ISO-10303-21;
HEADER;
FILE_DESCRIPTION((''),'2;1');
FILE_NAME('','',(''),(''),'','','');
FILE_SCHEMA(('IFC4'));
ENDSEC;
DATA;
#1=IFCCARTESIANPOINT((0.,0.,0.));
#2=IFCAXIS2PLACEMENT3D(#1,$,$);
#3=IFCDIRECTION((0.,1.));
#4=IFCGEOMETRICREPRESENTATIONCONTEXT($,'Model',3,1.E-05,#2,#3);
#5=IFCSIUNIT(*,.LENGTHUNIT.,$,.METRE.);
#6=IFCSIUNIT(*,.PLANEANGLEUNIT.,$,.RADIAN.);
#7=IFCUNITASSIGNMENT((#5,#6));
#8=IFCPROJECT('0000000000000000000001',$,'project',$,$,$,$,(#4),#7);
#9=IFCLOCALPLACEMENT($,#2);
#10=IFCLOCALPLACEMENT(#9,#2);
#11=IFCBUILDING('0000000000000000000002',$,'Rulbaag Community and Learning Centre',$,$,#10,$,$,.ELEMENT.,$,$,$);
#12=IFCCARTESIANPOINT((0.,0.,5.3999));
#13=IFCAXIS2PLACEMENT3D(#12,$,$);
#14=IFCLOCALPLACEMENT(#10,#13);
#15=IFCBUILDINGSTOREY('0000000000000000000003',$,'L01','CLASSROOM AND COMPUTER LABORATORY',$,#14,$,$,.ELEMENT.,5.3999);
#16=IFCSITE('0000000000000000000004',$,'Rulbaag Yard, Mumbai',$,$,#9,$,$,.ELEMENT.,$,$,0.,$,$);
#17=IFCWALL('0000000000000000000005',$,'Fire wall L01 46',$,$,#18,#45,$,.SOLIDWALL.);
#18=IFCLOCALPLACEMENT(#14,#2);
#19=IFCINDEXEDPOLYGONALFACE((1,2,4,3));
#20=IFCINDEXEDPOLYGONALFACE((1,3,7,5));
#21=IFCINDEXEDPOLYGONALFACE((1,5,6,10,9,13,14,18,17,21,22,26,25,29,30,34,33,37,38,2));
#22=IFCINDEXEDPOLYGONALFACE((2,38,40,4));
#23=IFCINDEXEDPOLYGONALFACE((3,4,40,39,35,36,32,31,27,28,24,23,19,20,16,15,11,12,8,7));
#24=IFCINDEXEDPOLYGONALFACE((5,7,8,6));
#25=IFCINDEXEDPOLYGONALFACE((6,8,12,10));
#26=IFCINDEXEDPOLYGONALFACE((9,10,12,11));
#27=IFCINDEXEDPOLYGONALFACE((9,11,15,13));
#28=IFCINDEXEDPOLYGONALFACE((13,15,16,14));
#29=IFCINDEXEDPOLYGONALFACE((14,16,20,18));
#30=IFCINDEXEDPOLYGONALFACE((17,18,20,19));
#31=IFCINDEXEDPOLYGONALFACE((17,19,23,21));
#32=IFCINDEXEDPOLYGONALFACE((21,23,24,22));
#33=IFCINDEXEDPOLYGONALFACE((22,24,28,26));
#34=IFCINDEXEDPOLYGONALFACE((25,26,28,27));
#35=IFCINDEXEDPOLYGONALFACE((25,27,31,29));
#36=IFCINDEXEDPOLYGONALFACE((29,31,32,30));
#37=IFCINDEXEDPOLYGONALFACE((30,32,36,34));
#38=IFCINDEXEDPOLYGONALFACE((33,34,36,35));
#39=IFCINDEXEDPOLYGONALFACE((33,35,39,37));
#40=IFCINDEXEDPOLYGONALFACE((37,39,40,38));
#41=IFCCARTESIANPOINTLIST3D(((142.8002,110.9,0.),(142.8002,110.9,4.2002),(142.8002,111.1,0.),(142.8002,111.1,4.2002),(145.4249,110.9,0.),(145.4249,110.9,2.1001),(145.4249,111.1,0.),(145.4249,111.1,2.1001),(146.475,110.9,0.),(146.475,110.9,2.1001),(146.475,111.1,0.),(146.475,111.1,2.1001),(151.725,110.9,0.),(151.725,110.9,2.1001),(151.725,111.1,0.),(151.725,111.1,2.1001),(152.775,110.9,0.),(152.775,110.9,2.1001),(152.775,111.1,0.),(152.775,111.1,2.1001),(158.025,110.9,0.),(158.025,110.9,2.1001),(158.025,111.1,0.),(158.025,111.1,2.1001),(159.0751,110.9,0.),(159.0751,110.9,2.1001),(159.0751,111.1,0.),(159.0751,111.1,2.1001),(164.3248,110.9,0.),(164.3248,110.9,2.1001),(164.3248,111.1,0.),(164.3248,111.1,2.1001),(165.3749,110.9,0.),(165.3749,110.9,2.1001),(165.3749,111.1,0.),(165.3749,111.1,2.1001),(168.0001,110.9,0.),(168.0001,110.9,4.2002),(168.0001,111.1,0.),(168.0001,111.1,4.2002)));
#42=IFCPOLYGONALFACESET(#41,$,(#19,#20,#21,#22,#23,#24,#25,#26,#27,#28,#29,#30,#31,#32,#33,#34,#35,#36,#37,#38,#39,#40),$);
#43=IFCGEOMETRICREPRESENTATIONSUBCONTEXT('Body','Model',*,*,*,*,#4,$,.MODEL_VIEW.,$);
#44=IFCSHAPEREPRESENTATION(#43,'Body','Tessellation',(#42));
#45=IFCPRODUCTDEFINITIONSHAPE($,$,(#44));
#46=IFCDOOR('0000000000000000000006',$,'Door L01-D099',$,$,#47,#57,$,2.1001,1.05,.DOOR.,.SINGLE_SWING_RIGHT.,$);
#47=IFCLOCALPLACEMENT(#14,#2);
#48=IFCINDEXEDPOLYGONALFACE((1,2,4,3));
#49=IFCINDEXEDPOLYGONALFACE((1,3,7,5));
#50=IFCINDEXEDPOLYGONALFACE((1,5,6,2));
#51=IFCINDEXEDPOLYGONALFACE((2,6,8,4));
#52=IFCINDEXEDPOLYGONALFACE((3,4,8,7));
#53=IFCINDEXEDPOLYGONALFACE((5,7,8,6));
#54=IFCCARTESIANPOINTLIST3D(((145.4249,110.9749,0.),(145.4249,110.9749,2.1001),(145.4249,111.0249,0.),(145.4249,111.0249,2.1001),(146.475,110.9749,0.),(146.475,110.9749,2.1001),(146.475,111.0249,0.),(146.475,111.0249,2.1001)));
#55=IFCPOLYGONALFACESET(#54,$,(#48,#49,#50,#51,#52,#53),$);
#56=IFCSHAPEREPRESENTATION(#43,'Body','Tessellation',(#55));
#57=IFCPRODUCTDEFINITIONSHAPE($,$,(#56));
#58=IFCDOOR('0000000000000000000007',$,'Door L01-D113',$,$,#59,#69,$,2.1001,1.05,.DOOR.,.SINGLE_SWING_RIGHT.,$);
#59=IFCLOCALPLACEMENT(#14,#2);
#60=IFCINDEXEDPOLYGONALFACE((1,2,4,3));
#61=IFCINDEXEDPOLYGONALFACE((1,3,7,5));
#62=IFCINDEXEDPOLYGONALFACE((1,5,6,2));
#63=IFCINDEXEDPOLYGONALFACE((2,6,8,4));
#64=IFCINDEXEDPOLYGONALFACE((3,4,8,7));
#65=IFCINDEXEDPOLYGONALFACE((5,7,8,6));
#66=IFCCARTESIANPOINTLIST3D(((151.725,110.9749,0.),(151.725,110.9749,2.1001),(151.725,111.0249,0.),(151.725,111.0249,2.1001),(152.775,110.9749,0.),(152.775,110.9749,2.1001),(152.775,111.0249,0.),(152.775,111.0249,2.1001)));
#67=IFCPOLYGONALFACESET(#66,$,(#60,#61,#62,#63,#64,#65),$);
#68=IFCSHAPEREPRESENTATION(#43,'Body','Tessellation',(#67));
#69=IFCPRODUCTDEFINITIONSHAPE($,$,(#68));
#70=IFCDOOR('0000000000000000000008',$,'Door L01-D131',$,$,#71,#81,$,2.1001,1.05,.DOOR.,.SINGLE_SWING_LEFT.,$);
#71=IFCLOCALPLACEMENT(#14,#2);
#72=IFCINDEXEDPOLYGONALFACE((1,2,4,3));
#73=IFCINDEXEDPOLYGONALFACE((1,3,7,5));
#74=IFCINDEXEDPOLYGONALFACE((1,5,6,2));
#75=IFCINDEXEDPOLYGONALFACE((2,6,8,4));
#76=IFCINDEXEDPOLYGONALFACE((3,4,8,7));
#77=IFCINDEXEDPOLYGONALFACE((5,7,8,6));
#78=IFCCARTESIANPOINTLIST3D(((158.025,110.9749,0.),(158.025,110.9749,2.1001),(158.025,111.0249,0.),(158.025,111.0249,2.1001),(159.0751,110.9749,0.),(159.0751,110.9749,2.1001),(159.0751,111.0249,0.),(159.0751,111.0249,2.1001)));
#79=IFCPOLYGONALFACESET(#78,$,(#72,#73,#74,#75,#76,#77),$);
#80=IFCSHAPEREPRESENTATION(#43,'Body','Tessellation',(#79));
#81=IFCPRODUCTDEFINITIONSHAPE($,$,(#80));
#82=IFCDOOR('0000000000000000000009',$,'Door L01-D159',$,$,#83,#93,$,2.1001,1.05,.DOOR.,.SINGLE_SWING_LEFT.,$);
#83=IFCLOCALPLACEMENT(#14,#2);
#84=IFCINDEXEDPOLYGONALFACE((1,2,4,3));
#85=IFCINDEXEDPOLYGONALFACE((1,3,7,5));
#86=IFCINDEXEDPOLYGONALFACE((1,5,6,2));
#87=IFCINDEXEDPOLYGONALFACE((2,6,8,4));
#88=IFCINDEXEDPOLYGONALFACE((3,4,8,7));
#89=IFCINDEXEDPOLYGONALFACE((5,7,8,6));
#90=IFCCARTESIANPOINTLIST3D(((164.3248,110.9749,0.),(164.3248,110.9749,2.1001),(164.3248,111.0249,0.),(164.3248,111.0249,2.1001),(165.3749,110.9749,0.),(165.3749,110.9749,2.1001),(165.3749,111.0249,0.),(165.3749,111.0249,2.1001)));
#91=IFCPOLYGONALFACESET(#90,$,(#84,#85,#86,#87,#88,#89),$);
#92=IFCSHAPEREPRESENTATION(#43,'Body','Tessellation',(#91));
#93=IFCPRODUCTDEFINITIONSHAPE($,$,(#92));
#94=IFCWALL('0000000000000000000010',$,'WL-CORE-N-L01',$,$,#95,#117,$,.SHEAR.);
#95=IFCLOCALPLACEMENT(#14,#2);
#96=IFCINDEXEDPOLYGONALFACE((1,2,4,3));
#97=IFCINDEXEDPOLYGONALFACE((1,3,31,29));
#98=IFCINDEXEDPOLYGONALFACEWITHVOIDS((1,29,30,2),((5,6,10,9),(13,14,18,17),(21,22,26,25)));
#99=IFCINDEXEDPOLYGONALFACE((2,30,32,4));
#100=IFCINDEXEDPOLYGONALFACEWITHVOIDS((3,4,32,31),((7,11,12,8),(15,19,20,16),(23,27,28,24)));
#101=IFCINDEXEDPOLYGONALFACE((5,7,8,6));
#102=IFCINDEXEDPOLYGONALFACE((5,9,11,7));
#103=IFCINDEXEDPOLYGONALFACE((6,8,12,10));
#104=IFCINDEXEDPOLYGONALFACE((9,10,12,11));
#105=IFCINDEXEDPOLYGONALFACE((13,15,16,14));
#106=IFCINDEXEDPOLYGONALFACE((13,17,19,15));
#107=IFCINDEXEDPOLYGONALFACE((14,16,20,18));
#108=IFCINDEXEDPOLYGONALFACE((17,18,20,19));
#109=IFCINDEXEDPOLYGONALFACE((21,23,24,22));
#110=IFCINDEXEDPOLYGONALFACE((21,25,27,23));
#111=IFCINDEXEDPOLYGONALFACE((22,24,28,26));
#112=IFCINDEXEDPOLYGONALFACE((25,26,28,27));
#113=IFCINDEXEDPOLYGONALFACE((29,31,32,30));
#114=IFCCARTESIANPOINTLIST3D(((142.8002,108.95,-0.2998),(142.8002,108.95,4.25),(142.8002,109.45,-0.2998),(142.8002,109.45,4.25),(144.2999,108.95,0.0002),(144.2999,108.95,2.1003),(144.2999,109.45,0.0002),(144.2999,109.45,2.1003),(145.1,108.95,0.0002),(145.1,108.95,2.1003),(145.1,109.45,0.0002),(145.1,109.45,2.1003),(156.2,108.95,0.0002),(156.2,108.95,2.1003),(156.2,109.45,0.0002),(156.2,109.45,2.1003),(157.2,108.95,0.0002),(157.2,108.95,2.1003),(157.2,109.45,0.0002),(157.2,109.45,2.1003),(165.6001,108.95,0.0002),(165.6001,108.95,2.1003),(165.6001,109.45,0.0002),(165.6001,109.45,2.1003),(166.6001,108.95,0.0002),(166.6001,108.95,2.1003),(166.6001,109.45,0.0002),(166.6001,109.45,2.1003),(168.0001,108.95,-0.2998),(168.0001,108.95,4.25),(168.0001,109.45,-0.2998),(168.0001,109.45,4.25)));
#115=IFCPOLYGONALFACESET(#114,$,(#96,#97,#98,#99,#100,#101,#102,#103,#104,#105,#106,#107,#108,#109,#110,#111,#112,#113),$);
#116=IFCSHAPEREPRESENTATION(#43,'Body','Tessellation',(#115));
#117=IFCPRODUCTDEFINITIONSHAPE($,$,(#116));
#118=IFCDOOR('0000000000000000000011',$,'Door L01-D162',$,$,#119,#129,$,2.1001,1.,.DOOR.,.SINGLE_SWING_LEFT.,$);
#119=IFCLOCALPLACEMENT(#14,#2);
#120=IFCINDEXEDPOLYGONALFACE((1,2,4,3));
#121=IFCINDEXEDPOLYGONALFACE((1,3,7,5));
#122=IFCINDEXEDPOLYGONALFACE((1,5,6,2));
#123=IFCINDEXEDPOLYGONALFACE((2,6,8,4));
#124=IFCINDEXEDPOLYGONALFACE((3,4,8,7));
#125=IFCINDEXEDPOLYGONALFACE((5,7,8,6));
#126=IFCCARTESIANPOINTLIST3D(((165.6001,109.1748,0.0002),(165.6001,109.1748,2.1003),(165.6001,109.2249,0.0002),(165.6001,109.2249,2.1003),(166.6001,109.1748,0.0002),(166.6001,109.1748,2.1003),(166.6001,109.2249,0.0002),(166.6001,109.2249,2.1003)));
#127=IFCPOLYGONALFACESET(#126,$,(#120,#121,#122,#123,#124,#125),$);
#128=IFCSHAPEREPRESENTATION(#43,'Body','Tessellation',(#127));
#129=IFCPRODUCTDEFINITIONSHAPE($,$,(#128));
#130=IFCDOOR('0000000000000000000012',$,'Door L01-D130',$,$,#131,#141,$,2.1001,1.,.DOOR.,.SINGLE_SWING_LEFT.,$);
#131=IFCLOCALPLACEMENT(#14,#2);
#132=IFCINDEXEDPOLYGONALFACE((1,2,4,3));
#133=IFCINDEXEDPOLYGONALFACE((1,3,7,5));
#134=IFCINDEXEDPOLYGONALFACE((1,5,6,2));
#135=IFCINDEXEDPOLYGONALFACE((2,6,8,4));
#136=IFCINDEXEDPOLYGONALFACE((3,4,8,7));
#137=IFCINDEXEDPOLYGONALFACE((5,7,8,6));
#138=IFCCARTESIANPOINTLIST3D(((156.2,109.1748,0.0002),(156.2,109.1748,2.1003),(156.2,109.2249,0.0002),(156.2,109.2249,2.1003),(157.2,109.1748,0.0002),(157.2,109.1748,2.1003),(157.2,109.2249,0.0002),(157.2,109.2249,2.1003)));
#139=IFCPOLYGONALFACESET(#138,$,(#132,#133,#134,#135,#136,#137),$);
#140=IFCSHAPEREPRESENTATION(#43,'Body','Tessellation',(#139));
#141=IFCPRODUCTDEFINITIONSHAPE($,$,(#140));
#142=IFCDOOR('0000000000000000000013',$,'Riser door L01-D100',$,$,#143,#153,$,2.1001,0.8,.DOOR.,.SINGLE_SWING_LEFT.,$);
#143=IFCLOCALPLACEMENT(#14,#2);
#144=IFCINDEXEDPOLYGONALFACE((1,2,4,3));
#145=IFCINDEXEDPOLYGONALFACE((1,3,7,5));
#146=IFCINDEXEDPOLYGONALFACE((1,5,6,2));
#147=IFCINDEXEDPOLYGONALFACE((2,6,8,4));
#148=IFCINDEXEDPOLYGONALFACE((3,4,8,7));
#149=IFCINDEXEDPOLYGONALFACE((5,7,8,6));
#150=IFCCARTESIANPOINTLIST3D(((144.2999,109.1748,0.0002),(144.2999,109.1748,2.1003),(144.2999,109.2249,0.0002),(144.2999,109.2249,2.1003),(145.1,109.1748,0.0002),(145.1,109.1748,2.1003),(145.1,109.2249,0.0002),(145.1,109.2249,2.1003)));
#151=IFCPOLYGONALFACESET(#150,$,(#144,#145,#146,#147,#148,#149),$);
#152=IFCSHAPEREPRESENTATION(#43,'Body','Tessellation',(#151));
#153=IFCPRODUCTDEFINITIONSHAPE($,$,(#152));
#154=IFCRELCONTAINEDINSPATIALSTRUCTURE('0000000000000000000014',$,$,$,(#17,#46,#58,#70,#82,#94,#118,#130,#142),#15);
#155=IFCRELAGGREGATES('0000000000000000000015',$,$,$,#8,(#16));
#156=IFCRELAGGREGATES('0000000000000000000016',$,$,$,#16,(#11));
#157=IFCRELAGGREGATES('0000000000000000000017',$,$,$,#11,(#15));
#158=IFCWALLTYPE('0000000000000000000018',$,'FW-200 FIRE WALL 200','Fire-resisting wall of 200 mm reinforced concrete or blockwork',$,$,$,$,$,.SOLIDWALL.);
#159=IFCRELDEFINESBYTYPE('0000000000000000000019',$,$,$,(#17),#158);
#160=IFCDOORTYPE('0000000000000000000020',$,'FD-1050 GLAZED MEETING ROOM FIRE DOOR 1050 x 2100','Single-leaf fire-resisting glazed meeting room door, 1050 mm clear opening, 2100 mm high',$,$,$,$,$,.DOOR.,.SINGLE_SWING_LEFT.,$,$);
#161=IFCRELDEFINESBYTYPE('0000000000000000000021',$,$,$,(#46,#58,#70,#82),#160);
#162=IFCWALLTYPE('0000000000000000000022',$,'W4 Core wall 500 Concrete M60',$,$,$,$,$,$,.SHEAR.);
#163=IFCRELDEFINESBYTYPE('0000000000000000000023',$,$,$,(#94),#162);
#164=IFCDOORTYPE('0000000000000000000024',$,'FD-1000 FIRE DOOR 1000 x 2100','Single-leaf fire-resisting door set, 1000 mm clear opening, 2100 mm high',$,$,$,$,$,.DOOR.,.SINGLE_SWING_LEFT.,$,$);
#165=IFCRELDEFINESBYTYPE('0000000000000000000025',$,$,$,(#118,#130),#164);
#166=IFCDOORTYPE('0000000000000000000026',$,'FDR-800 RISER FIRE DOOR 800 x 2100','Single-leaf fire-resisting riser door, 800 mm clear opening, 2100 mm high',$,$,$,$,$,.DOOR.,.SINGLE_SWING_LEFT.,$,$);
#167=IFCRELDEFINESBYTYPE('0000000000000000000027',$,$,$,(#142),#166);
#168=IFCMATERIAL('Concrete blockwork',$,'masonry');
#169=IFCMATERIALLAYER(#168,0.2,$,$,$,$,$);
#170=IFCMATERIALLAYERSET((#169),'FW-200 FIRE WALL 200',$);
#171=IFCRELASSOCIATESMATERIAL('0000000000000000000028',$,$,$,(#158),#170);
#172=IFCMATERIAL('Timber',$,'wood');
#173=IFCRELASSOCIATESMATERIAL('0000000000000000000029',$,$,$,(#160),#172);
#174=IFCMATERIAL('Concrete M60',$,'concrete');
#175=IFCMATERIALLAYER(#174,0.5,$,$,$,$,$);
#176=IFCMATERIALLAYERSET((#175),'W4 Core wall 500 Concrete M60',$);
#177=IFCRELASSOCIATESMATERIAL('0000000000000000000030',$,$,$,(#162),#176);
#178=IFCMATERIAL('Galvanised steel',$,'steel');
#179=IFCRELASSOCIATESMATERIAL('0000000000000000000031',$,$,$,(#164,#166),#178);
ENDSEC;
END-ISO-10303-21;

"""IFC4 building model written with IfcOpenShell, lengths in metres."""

from ifc_helpers import new_model, si_unit, direction, frame, frame_2d, origin, place, context, subcontext, project, spatial, rectangle, extrude, material, layer, layer_set, type_object, element, fill, save


model = new_model("IFC4")

# Units and contexts
model_context = context("Model", 3, precision=1e-05, world=origin(), true_north=direction((0.0, 1.0)))
body_context = subcontext(model_context, "Body", "Model", "MODEL_VIEW")
ifc_project = project(units=[si_unit("LENGTHUNIT", "METRE"), si_unit("PLANEANGLEUNIT", "RADIAN")], contexts=[model_context])

# Site, building, storey
site_placement = place(None, origin())
site = spatial("IfcSite", under=ifc_project, at=site_placement, Name="Rulbaag Yard, Mumbai", CompositionType="ELEMENT", RefElevation=0.0)
building_placement = place(site_placement, origin())
building = spatial("IfcBuilding", under=site, at=building_placement, Name="Rulbaag Community and Learning Centre", CompositionType="ELEMENT")
storey_placement = place(building_placement, frame((0.0, 0.0, 5.3999)))
storey = spatial("IfcBuildingStorey", under=building, at=storey_placement, Name="L01", Description="CLASSROOM AND COMPUTER LABORATORY", CompositionType="ELEMENT", Elevation=5.3999)

# Walls, openings, doors
ifc_material_1 = material(Name="Concrete blockwork", Category="masonry")
ifc_layer_1 = layer(ifc_material_1, 0.2)
ifc_layer_set_1 = layer_set([ifc_layer_1], Name="FW-200 FIRE WALL 200")
wall_type_1 = type_object("IfcWallType", Name="FW-200 FIRE WALL 200", Description="Fire-resisting wall of 200 mm reinforced concrete or blockwork", PredefinedType="SOLIDWALL", material=ifc_layer_set_1)
wall_1_placement = place(storey_placement, frame((142.8, 111.0, 0.0), z_axis=(0.0, 0.0, 1.0), x_axis=(1.0, 0.0, 0.0)))
wall_1 = element("IfcWall", 1, at=wall_1_placement, inside=storey, type_object=wall_type_1, Name="Fire wall L01 46", PredefinedType="SOLIDWALL", context=body_context, shape_type="SweptSolid", body=[
    extrude(rectangle(XDim=25.2, YDim=0.2, at=frame_2d((12.6001, 0.0))), origin(), (0.0, 0.0, 1.0), 4.2002),
])
opening_1_placement = place(wall_1_placement, frame((2.625, 0.0, 0.0)))
opening_1 = element("IfcOpeningElement", 2, at=opening_1_placement, cuts=wall_1, PredefinedType="OPENING", context=body_context, shape_type="SweptSolid", body=[
    extrude(rectangle(XDim=1.05, YDim=2.1001, at=frame_2d((0.5249, 1.05))), frame((0.0, 0.1099, 0.0), z_axis=(0.0, -1.0, 0.0), x_axis=(1.0, 0.0, 0.0)), (0.0, 0.0, 1.0), 0.22),
])
opening_2_placement = place(wall_1_placement, frame((8.925, 0.0, 0.0)))
opening_2 = element("IfcOpeningElement", 3, at=opening_2_placement, cuts=wall_1, PredefinedType="OPENING", context=body_context, shape_type="SweptSolid", body=[
    extrude(rectangle(XDim=1.05, YDim=2.1001, at=frame_2d((0.5249, 1.05))), frame((0.0, 0.1099, 0.0), z_axis=(0.0, -1.0, 0.0), x_axis=(1.0, 0.0, 0.0)), (0.0, 0.0, 1.0), 0.22),
])
opening_3_placement = place(wall_1_placement, frame((15.2251, 0.0, 0.0)))
opening_3 = element("IfcOpeningElement", 4, at=opening_3_placement, cuts=wall_1, PredefinedType="OPENING", context=body_context, shape_type="SweptSolid", body=[
    extrude(rectangle(XDim=1.05, YDim=2.1001, at=frame_2d((0.5249, 1.05))), frame((0.0, 0.1099, 0.0), z_axis=(0.0, -1.0, 0.0), x_axis=(1.0, 0.0, 0.0)), (0.0, 0.0, 1.0), 0.22),
])
opening_4_placement = place(wall_1_placement, frame((21.5249, 0.0, 0.0)))
opening_4 = element("IfcOpeningElement", 5, at=opening_4_placement, cuts=wall_1, PredefinedType="OPENING", context=body_context, shape_type="SweptSolid", body=[
    extrude(rectangle(XDim=1.05, YDim=2.1001, at=frame_2d((0.5249, 1.05))), frame((0.0, 0.1099, 0.0), z_axis=(0.0, -1.0, 0.0), x_axis=(1.0, 0.0, 0.0)), (0.0, 0.0, 1.0), 0.22),
])
ifc_material_2 = material(Name="Timber", Category="wood")
door_type_1 = type_object("IfcDoorType", Name="FD-1050 GLAZED MEETING ROOM FIRE DOOR 1050 x 2100", Description="Single-leaf fire-resisting glazed meeting room door, 1050 mm clear opening, 2100 mm high", OperationType="SINGLE_SWING_LEFT", PredefinedType="DOOR", material=ifc_material_2)
door_1_placement = place(opening_1_placement, origin())
door_1 = element("IfcDoor", 6, at=door_1_placement, inside=storey, type_object=door_type_1, Name="Door L01-D099", OperationType="SINGLE_SWING_RIGHT", OverallHeight=2.1001, OverallWidth=1.05, PredefinedType="DOOR", context=body_context, shape_type="SweptSolid", body=[
    extrude(rectangle(XDim=1.05, YDim=2.1001, at=frame_2d((0.5249, 1.05))), frame((0.0, 0.0249, 0.0), z_axis=(0.0, -1.0, 0.0), x_axis=(1.0, 0.0, 0.0)), (0.0, 0.0, 1.0), 0.05),
])
fill(opening_1, door_1)
door_2_placement = place(opening_2_placement, origin())
door_2 = element("IfcDoor", 7, at=door_2_placement, inside=storey, type_object=door_type_1, Name="Door L01-D113", OperationType="SINGLE_SWING_RIGHT", OverallHeight=2.1001, OverallWidth=1.05, PredefinedType="DOOR", context=body_context, shape_type="SweptSolid", body=[
    extrude(rectangle(XDim=1.05, YDim=2.1001, at=frame_2d((0.5249, 1.05))), frame((0.0, 0.0249, 0.0), z_axis=(0.0, -1.0, 0.0), x_axis=(1.0, 0.0, 0.0)), (0.0, 0.0, 1.0), 0.05),
])
fill(opening_2, door_2)
door_3_placement = place(opening_3_placement, origin())
door_3 = element("IfcDoor", 8, at=door_3_placement, inside=storey, type_object=door_type_1, Name="Door L01-D131", OperationType="SINGLE_SWING_LEFT", OverallHeight=2.1001, OverallWidth=1.05, PredefinedType="DOOR", context=body_context, shape_type="SweptSolid", body=[
    extrude(rectangle(XDim=1.05, YDim=2.1001, at=frame_2d((0.5249, 1.05))), frame((0.0, 0.0249, 0.0), z_axis=(0.0, -1.0, 0.0), x_axis=(1.0, 0.0, 0.0)), (0.0, 0.0, 1.0), 0.05),
])
fill(opening_3, door_3)
door_4_placement = place(opening_4_placement, origin())
door_4 = element("IfcDoor", 9, at=door_4_placement, inside=storey, type_object=door_type_1, Name="Door L01-D159", OperationType="SINGLE_SWING_LEFT", OverallHeight=2.1001, OverallWidth=1.05, PredefinedType="DOOR", context=body_context, shape_type="SweptSolid", body=[
    extrude(rectangle(XDim=1.05, YDim=2.1001, at=frame_2d((0.5249, 1.05))), frame((0.0, 0.0249, 0.0), z_axis=(0.0, -1.0, 0.0), x_axis=(1.0, 0.0, 0.0)), (0.0, 0.0, 1.0), 0.05),
])
fill(opening_4, door_4)
ifc_material_3 = material(Name="Concrete M60", Category="concrete")
ifc_layer_2 = layer(ifc_material_3, 0.5)
ifc_layer_set_2 = layer_set([ifc_layer_2], Name="W4 Core wall 500 Concrete M60")
wall_type_2 = type_object("IfcWallType", Name="W4 Core wall 500 Concrete M60", PredefinedType="SHEAR", material=ifc_layer_set_2)
wall_2_placement = place(storey_placement, frame((142.8, 109.2, -0.2998), z_axis=(0.0, 0.0, 1.0), x_axis=(1.0, 0.0, 0.0)))
wall_2 = element("IfcWall", 10, at=wall_2_placement, inside=storey, type_object=wall_type_2, Name="WL-CORE-N-L01", PredefinedType="SHEAR", context=body_context, shape_type="SweptSolid", body=[
    extrude(rectangle(XDim=25.2, YDim=0.5, at=frame_2d((12.6001, 0.0))), origin(), (0.0, 0.0, 1.0), 4.5498),
])
opening_5_placement = place(wall_2_placement, frame((22.8, 0.0, 0.3)))
opening_5 = element("IfcOpeningElement", 11, at=opening_5_placement, cuts=wall_2, PredefinedType="OPENING", context=body_context, shape_type="SweptSolid", body=[
    extrude(rectangle(XDim=1.0, YDim=2.1001, at=frame_2d((0.5, 1.05))), frame((0.0, 0.26, 0.0), z_axis=(0.0, -1.0, 0.0), x_axis=(1.0, 0.0, 0.0)), (0.0, 0.0, 1.0), 0.52),
])
opening_6_placement = place(wall_2_placement, frame((1.5, 0.0, 0.3)))
opening_6 = element("IfcOpeningElement", 12, at=opening_6_placement, cuts=wall_2, PredefinedType="OPENING", context=body_context, shape_type="SweptSolid", body=[
    extrude(rectangle(XDim=0.8, YDim=2.1001, at=frame_2d((0.3999, 1.05))), frame((0.0, 0.26, 0.0), z_axis=(0.0, -1.0, 0.0), x_axis=(1.0, 0.0, 0.0)), (0.0, 0.0, 1.0), 0.52),
])
opening_7_placement = place(wall_2_placement, frame((13.3999, 0.0, 0.3)))
opening_7 = element("IfcOpeningElement", 13, at=opening_7_placement, cuts=wall_2, PredefinedType="OPENING", context=body_context, shape_type="SweptSolid", body=[
    extrude(rectangle(XDim=1.0, YDim=2.1001, at=frame_2d((0.5, 1.05))), frame((0.0, 0.26, 0.0), z_axis=(0.0, -1.0, 0.0), x_axis=(1.0, 0.0, 0.0)), (0.0, 0.0, 1.0), 0.52),
])
ifc_material_4 = material(Name="Galvanised steel", Category="steel")
door_type_2 = type_object("IfcDoorType", Name="FD-1000 FIRE DOOR 1000 x 2100", Description="Single-leaf fire-resisting door set, 1000 mm clear opening, 2100 mm high", OperationType="SINGLE_SWING_LEFT", PredefinedType="DOOR", material=ifc_material_4)
door_5_placement = place(opening_5_placement, origin())
door_5 = element("IfcDoor", 14, at=door_5_placement, inside=storey, type_object=door_type_2, Name="Door L01-D162", OperationType="SINGLE_SWING_LEFT", OverallHeight=2.1001, OverallWidth=1.0, PredefinedType="DOOR", context=body_context, shape_type="SweptSolid", body=[
    extrude(rectangle(XDim=1.0, YDim=2.1001, at=frame_2d((0.5, 1.05))), frame((0.0, 0.0249, 0.0), z_axis=(0.0, -1.0, 0.0), x_axis=(1.0, 0.0, 0.0)), (0.0, 0.0, 1.0), 0.05),
])
fill(opening_5, door_5)
door_6_placement = place(opening_7_placement, origin())
door_6 = element("IfcDoor", 15, at=door_6_placement, inside=storey, type_object=door_type_2, Name="Door L01-D130", OperationType="SINGLE_SWING_LEFT", OverallHeight=2.1001, OverallWidth=1.0, PredefinedType="DOOR", context=body_context, shape_type="SweptSolid", body=[
    extrude(rectangle(XDim=1.0, YDim=2.1001, at=frame_2d((0.5, 1.05))), frame((0.0, 0.0249, 0.0), z_axis=(0.0, -1.0, 0.0), x_axis=(1.0, 0.0, 0.0)), (0.0, 0.0, 1.0), 0.05),
])
fill(opening_7, door_6)
door_type_3 = type_object("IfcDoorType", Name="FDR-800 RISER FIRE DOOR 800 x 2100", Description="Single-leaf fire-resisting riser door, 800 mm clear opening, 2100 mm high", OperationType="SINGLE_SWING_LEFT", PredefinedType="DOOR", material=ifc_material_4)
door_7_placement = place(opening_6_placement, origin())
door_7 = element("IfcDoor", 16, at=door_7_placement, inside=storey, type_object=door_type_3, Name="Riser door L01-D100", OperationType="SINGLE_SWING_LEFT", OverallHeight=2.1001, OverallWidth=0.8, PredefinedType="DOOR", context=body_context, shape_type="SweptSolid", body=[
    extrude(rectangle(XDim=0.8, YDim=2.1001, at=frame_2d((0.3999, 1.05))), frame((0.0, 0.0249, 0.0), z_axis=(0.0, -1.0, 0.0), x_axis=(1.0, 0.0, 0.0)), (0.0, 0.0, 1.0), 0.05),
])
fill(opening_6, door_7)

save(model, "model.ifc")
